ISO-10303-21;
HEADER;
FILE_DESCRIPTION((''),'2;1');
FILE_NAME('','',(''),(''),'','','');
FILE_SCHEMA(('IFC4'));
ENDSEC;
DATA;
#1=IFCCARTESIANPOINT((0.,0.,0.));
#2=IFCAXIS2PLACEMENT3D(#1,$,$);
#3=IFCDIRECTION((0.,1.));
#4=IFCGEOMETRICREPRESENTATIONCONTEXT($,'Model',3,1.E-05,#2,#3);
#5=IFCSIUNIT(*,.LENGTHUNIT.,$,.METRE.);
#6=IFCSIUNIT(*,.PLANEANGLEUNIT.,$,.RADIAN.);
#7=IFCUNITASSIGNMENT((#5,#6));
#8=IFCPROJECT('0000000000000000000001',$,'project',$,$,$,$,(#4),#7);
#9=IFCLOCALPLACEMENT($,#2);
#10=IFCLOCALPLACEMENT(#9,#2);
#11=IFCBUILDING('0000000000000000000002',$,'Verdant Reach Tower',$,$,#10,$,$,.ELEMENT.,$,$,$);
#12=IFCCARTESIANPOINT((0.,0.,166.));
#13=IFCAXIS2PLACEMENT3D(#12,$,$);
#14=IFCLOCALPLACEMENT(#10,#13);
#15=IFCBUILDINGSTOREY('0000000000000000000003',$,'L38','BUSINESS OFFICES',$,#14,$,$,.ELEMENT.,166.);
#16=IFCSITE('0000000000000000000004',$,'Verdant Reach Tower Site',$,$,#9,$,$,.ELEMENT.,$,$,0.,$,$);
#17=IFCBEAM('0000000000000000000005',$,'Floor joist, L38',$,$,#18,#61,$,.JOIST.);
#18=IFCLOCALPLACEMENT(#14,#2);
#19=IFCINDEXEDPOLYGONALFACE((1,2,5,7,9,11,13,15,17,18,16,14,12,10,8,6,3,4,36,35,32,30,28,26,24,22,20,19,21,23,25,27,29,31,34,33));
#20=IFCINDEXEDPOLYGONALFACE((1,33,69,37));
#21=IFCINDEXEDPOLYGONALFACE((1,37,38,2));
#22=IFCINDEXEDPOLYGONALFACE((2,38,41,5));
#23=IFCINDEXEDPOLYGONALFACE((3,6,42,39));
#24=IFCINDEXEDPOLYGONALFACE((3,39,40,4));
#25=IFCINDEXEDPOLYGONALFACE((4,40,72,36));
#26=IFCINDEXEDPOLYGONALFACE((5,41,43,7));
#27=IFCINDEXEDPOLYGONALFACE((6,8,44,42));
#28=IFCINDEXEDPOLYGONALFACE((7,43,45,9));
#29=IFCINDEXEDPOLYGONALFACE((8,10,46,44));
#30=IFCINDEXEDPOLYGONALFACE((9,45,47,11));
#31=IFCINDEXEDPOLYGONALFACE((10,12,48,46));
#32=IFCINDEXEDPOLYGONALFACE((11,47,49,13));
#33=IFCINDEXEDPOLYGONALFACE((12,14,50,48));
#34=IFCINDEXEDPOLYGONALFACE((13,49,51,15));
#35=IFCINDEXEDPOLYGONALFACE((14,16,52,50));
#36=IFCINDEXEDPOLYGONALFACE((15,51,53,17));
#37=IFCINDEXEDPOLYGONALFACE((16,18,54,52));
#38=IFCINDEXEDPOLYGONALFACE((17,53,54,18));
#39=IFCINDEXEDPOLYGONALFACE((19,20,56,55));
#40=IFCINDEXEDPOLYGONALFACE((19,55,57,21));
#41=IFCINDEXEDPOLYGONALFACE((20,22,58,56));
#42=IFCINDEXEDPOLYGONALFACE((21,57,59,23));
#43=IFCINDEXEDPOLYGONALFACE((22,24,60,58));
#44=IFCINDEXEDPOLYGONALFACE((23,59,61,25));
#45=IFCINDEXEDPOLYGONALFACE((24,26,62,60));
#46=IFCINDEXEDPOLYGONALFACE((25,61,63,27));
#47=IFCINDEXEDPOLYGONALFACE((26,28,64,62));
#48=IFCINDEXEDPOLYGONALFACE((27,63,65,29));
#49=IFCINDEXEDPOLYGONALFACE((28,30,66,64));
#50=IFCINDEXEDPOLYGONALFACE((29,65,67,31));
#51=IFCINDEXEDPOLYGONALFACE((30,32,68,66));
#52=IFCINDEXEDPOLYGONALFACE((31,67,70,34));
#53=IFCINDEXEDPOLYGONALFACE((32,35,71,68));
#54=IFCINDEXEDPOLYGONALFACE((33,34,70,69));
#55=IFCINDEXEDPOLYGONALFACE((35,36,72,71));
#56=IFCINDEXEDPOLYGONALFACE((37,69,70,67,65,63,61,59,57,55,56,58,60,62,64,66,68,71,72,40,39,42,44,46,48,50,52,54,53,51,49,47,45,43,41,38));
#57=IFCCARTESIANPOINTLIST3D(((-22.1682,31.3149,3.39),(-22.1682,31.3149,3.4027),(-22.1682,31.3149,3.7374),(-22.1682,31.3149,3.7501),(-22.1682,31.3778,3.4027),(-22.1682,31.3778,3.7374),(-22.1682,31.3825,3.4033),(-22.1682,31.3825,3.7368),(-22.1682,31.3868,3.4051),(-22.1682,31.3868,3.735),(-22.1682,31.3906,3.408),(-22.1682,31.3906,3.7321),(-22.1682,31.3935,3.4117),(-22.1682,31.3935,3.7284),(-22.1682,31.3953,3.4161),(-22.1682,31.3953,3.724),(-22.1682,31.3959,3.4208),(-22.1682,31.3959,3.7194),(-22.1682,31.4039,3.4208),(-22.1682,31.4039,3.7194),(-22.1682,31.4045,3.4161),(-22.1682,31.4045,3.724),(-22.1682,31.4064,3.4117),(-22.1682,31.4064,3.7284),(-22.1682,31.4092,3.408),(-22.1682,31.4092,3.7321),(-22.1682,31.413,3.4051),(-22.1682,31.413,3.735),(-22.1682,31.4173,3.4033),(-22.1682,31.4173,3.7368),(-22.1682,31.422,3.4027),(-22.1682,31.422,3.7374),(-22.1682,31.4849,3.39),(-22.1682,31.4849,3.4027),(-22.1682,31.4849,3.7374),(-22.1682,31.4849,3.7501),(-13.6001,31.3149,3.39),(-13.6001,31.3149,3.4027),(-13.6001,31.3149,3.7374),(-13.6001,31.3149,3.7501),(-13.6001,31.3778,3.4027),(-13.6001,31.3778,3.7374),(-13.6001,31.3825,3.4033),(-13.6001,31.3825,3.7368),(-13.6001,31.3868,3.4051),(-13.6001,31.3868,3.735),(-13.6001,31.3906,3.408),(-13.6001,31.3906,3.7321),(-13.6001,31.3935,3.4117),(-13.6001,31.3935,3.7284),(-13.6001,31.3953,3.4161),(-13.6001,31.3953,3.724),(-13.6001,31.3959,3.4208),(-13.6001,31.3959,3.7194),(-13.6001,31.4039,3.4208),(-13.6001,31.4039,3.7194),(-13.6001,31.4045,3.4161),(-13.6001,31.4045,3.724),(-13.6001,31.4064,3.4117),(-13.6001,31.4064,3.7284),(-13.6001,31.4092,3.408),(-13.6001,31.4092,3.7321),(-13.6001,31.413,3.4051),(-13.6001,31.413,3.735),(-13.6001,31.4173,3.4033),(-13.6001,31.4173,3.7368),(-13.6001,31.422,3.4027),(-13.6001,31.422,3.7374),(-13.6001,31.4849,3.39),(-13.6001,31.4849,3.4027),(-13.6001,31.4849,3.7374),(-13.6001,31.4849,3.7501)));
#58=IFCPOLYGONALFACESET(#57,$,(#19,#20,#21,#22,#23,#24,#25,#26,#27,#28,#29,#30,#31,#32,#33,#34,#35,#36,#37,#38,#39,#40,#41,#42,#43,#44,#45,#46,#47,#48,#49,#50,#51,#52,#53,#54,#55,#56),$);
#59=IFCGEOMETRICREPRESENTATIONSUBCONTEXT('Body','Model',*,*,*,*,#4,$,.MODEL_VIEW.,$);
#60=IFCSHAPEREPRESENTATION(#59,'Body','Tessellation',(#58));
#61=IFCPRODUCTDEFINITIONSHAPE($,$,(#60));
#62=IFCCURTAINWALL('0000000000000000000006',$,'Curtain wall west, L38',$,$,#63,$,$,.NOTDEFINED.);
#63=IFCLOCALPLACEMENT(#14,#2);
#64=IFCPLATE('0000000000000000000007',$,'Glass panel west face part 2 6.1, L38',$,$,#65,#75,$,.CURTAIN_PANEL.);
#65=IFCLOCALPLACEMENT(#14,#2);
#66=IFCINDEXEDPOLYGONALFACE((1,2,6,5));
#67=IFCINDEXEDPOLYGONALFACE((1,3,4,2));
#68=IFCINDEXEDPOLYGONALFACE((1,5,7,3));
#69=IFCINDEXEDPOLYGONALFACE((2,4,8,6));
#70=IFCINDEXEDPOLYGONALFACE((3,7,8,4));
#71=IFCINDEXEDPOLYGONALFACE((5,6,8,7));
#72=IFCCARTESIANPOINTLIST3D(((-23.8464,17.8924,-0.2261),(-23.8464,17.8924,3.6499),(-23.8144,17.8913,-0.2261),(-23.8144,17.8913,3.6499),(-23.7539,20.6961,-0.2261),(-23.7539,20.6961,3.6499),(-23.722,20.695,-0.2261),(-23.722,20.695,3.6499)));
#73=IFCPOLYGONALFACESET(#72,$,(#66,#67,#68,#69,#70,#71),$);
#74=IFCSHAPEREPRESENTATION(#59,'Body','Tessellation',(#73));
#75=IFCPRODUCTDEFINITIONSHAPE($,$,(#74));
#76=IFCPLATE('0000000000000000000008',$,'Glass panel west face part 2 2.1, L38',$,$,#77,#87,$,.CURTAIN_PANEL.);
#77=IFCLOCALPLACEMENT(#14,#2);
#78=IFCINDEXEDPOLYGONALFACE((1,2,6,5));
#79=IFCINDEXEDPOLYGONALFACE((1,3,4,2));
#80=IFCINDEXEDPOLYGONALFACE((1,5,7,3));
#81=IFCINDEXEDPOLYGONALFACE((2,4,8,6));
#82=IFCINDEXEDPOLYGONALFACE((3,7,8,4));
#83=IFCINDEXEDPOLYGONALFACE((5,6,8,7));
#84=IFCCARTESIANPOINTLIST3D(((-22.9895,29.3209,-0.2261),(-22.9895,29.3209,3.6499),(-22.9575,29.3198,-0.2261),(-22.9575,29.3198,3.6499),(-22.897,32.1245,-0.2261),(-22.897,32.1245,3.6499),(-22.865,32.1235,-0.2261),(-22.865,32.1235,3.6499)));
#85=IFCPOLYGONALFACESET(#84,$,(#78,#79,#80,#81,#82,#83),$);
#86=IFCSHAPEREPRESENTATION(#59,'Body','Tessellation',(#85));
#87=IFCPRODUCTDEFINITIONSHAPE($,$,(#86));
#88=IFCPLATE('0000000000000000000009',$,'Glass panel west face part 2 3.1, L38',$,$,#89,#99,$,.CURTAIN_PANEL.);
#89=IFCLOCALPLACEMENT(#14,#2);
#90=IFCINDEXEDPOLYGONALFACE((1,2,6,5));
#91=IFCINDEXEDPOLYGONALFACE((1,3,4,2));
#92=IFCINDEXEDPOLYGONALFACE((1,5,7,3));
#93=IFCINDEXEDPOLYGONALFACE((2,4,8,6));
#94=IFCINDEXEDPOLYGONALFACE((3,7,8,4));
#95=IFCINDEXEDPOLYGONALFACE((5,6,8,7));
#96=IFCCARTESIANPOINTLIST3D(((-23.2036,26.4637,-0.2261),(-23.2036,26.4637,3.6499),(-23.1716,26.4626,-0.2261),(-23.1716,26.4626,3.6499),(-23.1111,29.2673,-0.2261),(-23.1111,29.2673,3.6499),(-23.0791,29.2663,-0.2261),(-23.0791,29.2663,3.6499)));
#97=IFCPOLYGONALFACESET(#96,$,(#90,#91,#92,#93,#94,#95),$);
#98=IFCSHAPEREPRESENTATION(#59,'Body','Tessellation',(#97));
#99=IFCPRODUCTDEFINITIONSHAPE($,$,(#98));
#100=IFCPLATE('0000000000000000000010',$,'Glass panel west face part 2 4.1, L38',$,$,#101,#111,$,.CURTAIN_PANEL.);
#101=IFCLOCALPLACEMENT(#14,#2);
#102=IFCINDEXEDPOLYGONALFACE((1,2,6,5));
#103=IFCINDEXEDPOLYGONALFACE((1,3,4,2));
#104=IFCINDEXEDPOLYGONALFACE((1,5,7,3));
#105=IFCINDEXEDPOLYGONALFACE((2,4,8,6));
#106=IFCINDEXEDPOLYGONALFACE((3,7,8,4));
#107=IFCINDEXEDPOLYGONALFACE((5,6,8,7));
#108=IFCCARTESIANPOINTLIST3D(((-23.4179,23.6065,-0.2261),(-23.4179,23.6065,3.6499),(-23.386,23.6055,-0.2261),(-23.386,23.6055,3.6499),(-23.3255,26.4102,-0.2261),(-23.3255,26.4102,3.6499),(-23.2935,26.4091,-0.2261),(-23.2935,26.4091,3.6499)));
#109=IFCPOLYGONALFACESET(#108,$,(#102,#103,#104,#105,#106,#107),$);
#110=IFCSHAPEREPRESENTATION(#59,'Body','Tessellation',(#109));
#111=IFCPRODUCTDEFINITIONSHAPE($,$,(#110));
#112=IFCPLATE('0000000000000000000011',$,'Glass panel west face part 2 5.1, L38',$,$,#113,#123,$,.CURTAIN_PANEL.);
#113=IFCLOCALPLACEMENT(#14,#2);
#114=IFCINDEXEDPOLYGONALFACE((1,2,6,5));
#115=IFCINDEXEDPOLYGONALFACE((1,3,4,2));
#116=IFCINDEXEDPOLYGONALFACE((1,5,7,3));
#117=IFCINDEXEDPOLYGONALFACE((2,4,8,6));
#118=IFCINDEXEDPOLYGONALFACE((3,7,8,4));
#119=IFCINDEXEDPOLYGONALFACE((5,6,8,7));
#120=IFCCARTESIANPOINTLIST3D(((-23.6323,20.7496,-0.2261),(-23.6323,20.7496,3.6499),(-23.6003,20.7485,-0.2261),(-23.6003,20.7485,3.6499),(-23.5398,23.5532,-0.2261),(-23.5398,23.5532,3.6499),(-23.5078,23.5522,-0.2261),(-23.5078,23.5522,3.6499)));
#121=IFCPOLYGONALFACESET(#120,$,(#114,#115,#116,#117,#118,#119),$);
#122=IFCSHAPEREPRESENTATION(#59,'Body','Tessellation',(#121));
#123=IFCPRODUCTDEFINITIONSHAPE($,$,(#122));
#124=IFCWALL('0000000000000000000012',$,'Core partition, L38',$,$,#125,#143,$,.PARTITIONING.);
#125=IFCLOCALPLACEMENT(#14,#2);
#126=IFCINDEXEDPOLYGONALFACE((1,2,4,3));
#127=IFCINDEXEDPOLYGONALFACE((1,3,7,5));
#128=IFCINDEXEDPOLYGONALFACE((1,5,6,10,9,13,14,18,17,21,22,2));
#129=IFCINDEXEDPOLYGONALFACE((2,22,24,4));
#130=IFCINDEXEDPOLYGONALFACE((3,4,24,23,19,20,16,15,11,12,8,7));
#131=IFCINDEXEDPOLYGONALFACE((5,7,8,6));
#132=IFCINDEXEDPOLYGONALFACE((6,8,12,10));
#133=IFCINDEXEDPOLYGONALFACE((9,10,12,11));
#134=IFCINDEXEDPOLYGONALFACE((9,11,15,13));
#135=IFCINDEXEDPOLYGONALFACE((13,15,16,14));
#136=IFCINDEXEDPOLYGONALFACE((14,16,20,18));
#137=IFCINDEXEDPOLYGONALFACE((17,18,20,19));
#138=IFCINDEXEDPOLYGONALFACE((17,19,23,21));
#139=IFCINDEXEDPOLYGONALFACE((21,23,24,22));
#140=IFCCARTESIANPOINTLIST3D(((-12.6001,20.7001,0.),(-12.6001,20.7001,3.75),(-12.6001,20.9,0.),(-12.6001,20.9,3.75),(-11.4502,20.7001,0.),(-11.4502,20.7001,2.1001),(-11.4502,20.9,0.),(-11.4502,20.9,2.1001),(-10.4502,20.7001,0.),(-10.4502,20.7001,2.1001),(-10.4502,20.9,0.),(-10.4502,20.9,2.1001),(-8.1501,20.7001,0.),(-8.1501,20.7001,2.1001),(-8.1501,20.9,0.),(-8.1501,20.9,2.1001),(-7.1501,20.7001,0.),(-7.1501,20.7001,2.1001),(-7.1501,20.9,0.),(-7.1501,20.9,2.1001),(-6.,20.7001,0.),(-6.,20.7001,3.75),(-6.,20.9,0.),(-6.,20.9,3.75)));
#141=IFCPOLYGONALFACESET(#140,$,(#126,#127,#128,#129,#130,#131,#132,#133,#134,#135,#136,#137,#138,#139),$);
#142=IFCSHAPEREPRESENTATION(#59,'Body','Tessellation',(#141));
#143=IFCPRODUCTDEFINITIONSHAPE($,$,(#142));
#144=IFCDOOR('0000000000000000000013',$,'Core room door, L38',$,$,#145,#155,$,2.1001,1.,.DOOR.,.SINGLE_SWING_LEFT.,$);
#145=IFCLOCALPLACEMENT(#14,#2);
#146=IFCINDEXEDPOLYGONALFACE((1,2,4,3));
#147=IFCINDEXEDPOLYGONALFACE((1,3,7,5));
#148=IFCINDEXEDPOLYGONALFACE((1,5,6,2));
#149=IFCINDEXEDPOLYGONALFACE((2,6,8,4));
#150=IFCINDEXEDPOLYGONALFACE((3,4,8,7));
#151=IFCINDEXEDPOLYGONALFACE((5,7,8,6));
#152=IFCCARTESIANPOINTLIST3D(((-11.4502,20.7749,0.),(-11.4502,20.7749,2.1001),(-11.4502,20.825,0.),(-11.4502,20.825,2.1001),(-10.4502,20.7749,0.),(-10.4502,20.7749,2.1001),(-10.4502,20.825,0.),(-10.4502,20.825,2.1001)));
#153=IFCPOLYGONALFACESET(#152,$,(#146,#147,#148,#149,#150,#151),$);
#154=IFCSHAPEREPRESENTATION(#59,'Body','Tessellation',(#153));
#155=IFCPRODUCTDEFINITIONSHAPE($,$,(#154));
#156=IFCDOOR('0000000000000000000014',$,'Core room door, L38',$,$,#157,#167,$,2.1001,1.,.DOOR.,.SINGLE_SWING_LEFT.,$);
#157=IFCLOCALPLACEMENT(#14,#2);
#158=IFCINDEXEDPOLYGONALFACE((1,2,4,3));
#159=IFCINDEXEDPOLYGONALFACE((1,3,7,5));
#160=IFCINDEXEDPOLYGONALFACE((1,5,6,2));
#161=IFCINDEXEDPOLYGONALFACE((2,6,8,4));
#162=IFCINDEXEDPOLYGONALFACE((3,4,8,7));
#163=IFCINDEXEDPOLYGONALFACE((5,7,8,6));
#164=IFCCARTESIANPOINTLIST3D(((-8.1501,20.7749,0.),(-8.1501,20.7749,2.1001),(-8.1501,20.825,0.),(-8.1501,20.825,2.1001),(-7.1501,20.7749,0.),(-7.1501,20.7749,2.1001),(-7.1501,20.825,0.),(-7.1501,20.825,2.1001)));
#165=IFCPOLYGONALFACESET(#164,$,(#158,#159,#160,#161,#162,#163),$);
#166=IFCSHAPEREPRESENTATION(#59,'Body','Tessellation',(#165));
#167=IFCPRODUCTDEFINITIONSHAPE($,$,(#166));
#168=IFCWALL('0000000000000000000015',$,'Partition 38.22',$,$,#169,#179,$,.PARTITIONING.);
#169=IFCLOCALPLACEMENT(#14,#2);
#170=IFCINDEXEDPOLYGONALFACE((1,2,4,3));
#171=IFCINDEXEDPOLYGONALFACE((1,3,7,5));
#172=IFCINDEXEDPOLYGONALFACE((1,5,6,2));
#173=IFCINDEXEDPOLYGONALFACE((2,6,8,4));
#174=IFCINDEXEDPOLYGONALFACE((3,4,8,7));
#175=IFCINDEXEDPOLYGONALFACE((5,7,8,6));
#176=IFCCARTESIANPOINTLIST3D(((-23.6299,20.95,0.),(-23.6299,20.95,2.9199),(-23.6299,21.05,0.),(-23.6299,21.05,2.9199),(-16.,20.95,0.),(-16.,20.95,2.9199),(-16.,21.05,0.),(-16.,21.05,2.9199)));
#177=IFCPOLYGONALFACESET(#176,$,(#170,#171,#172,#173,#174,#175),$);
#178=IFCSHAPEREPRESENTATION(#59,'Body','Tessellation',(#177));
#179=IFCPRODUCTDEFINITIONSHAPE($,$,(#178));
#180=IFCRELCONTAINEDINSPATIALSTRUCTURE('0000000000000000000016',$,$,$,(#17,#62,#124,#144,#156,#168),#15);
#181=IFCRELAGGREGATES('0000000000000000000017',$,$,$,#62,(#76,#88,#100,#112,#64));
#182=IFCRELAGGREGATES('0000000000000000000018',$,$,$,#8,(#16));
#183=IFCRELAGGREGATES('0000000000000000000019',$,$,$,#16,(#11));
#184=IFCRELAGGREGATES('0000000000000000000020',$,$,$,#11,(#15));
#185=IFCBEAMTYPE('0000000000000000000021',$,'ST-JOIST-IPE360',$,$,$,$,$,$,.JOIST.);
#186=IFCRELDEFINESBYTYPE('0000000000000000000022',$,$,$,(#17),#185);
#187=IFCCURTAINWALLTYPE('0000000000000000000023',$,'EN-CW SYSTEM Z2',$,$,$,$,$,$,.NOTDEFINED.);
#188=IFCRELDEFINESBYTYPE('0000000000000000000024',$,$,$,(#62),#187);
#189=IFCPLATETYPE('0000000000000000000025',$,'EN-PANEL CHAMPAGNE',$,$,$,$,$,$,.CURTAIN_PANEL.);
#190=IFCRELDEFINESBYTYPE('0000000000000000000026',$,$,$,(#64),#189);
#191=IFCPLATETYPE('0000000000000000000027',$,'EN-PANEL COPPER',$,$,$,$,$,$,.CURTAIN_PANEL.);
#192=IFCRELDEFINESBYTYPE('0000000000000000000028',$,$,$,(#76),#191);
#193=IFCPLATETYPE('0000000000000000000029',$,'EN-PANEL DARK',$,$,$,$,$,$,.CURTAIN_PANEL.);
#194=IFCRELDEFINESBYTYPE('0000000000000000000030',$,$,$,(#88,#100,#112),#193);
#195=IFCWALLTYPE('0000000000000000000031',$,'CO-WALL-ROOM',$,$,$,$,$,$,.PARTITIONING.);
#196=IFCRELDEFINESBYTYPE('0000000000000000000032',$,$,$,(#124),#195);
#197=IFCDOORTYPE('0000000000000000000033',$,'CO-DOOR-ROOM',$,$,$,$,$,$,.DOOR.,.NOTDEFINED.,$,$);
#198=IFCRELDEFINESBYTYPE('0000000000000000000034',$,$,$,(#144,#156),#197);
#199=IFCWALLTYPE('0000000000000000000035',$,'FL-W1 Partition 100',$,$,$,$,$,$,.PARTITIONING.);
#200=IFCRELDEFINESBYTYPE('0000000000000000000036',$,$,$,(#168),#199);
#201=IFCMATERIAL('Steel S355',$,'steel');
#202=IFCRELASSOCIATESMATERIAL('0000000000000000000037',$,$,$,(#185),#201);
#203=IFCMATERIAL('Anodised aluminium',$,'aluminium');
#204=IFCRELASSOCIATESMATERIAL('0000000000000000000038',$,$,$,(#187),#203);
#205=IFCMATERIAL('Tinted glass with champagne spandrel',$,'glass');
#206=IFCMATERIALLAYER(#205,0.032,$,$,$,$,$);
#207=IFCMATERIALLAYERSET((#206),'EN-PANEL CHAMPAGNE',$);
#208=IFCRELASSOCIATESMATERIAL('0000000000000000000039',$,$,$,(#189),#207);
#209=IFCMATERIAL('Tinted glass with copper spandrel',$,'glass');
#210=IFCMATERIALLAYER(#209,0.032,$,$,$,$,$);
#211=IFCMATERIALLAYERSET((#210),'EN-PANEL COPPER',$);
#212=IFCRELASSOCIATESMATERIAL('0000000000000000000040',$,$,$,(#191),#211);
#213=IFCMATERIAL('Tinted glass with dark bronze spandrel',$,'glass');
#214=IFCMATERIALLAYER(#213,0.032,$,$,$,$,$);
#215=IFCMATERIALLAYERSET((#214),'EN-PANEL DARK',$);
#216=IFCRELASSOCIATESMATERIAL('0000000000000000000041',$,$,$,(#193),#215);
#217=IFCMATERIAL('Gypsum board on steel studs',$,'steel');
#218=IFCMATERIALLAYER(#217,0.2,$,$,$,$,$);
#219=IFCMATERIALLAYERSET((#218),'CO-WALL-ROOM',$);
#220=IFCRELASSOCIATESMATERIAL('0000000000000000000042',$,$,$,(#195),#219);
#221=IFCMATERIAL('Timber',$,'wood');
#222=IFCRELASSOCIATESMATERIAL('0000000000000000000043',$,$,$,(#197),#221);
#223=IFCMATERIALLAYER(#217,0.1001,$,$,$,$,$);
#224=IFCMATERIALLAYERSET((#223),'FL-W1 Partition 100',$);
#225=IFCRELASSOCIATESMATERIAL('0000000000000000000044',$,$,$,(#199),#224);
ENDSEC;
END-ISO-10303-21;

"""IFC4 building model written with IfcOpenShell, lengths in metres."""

from ifc_helpers import new_model, si_unit, direction, frame, frame_2d, origin, origin_2d, place, context, subcontext, project, spatial, rectangle, i_section, extrude, material, layer, layer_set, material_profile, profile_set, type_object, element, fill, aggregate, save


model = new_model("IFC4")

# Units and contexts
model_context = context("Model", 3, precision=1e-05, world=origin(), true_north=direction((0.0, 1.0)))
body_context = subcontext(model_context, "Body", "Model", "MODEL_VIEW")
ifc_project = project(units=[si_unit("LENGTHUNIT", "METRE"), si_unit("PLANEANGLEUNIT", "RADIAN")], contexts=[model_context])

# Site, building, storey
site_placement = place(None, origin())
site = spatial("IfcSite", under=ifc_project, at=site_placement, Name="Verdant Reach Tower Site", CompositionType="ELEMENT", RefElevation=0.0)
building_placement = place(site_placement, origin())
building = spatial("IfcBuilding", under=site, at=building_placement, Name="Verdant Reach Tower", CompositionType="ELEMENT")
storey_placement = place(building_placement, frame((0.0, 0.0, 166.0)))
storey = spatial("IfcBuildingStorey", under=building, at=storey_placement, Name="L38", Description="BUSINESS OFFICES", CompositionType="ELEMENT", Elevation=166.0)

# Beam
ifc_material_1 = material(Name="Steel S355", Category="steel")
ifc_material_profile_1 = material_profile(ifc_material_1, i_section(OverallWidth=0.1699, OverallDepth=0.3601, WebThickness=0.0081, FlangeThickness=0.0127, FilletRadius=0.0181, at=origin_2d()), Name="IPE 360")
ifc_profile_set_1 = profile_set([ifc_material_profile_1], Name="Steel S355")
beam_type = type_object("IfcBeamType", Name="ST-JOIST-IPE360", PredefinedType="JOIST", material=ifc_profile_set_1)
beam_1_placement = place(storey_placement, frame((-13.6001, 31.3999, 3.5701), z_axis=(-1.0, 0.0, 0.0), x_axis=(0.0, -1.0, 0.0)))
element("IfcBeam", 1, at=beam_1_placement, inside=storey, type_object=beam_type, Name="Floor joist, L38", PredefinedType="JOIST", context=body_context, shape_type="SweptSolid", body=[
    extrude(i_section(OverallWidth=0.1699, OverallDepth=0.3601, WebThickness=0.0081, FlangeThickness=0.0127, FilletRadius=0.0181, at=origin_2d()), origin(), (0.0, 0.0, 1.0), 8.5681),
])

# Curtain wall, plates
ifc_material_2 = material(Name="Anodised aluminium", Category="aluminium")
curtain_wall_type = type_object("IfcCurtainWallType", Name="EN-CW SYSTEM Z2", PredefinedType="NOTDEFINED", material=ifc_material_2)
curtain_wall_placement = place(storey_placement, origin())
curtain_wall = element("IfcCurtainWall", 2, at=curtain_wall_placement, inside=storey, type_object=curtain_wall_type, Name="Curtain wall west, L38", PredefinedType="NOTDEFINED")
ifc_material_3 = material(Name="Tinted glass with champagne spandrel", Category="glass")
ifc_layer_1 = layer(ifc_material_3, 0.032)
ifc_layer_set_1 = layer_set([ifc_layer_1], Name="EN-PANEL CHAMPAGNE")
plate_type_1 = type_object("IfcPlateType", Name="EN-PANEL CHAMPAGNE", PredefinedType="CURTAIN_PANEL", material=ifc_layer_set_1)
plate_1_placement = place(storey_placement, frame((-23.7842, 19.2937, -0.2261), z_axis=(0.0, 0.0, 1.0), x_axis=(-0.032966, -0.999456, 0.0)))
plate_1 = element("IfcPlate", 3, at=plate_1_placement, type_object=plate_type_1, Name="Glass panel west face part 2 6.1, L38", PredefinedType="CURTAIN_PANEL", context=body_context, shape_type="SweptSolid", body=[
    extrude(rectangle(XDim=2.8052, YDim=0.032, at=origin_2d()), origin(), (0.0, 0.0, 1.0), 3.876),
])
ifc_material_4 = material(Name="Tinted glass with copper spandrel", Category="glass")
ifc_layer_2 = layer(ifc_material_4, 0.032)
ifc_layer_set_2 = layer_set([ifc_layer_2], Name="EN-PANEL COPPER")
plate_type_2 = type_object("IfcPlateType", Name="EN-PANEL COPPER", PredefinedType="CURTAIN_PANEL", material=ifc_layer_set_2)
plate_2_placement = place(storey_placement, frame((-22.9272, 30.7222, -0.2261), z_axis=(0.0, 0.0, 1.0), x_axis=(-0.032966, -0.999456, 0.0)))
plate_2 = element("IfcPlate", 4, at=plate_2_placement, type_object=plate_type_2, Name="Glass panel west face part 2 2.1, L38", PredefinedType="CURTAIN_PANEL", context=body_context, shape_type="SweptSolid", body=[
    extrude(rectangle(XDim=2.8052, YDim=0.032, at=origin_2d()), origin(), (0.0, 0.0, 1.0), 3.876),
])
ifc_material_5 = material(Name="Tinted glass with dark bronze spandrel", Category="glass")
ifc_layer_3 = layer(ifc_material_5, 0.032)
ifc_layer_set_3 = layer_set([ifc_layer_3], Name="EN-PANEL DARK")
plate_type_3 = type_object("IfcPlateType", Name="EN-PANEL DARK", PredefinedType="CURTAIN_PANEL", material=ifc_layer_set_3)
plate_3_placement = place(storey_placement, frame((-23.1414, 27.865, -0.2261), z_axis=(0.0, 0.0, 1.0), x_axis=(-0.032966, -0.999456, 0.0)))
plate_3 = element("IfcPlate", 5, at=plate_3_placement, type_object=plate_type_3, Name="Glass panel west face part 2 3.1, L38", PredefinedType="CURTAIN_PANEL", context=body_context, shape_type="SweptSolid", body=[
    extrude(rectangle(XDim=2.8052, YDim=0.032, at=origin_2d()), origin(), (0.0, 0.0, 1.0), 3.876),
])
plate_4_placement = place(storey_placement, frame((-23.3557, 25.0078, -0.2261), z_axis=(0.0, 0.0, 1.0), x_axis=(-0.032966, -0.999456, 0.0)))
plate_4 = element("IfcPlate", 6, at=plate_4_placement, type_object=plate_type_3, Name="Glass panel west face part 2 4.1, L38", PredefinedType="CURTAIN_PANEL", context=body_context, shape_type="SweptSolid", body=[
    extrude(rectangle(XDim=2.8052, YDim=0.032, at=origin_2d()), origin(), (0.0, 0.0, 1.0), 3.876),
])
plate_5_placement = place(storey_placement, frame((-23.5701, 22.1509, -0.2261), z_axis=(0.0, 0.0, 1.0), x_axis=(-0.032966, -0.999456, 0.0)))
plate_5 = element("IfcPlate", 7, at=plate_5_placement, type_object=plate_type_3, Name="Glass panel west face part 2 5.1, L38", PredefinedType="CURTAIN_PANEL", context=body_context, shape_type="SweptSolid", body=[
    extrude(rectangle(XDim=2.8052, YDim=0.032, at=origin_2d()), origin(), (0.0, 0.0, 1.0), 3.876),
])
aggregate(curtain_wall, [plate_2, plate_3, plate_4, plate_5, plate_1])

# Wall, openings, doors
ifc_material_6 = material(Name="Gypsum board on steel studs", Category="steel")
ifc_layer_4 = layer(ifc_material_6, 0.2)
ifc_layer_set_4 = layer_set([ifc_layer_4], Name="CO-WALL-ROOM")
wall_type_1 = type_object("IfcWallType", Name="CO-WALL-ROOM", PredefinedType="PARTITIONING", material=ifc_layer_set_4)
wall_1_placement = place(storey_placement, frame((-12.6001, 20.8, 0.0), z_axis=(0.0, 0.0, 1.0), x_axis=(1.0, 0.0, 0.0)))
wall_1 = element("IfcWall", 8, at=wall_1_placement, inside=storey, type_object=wall_type_1, Name="Core partition, L38", PredefinedType="PARTITIONING", context=body_context, shape_type="SweptSolid", body=[
    extrude(rectangle(XDim=6.6001, YDim=0.2, at=frame_2d((3.3, 0.0))), origin(), (0.0, 0.0, 1.0), 3.75),
])
opening_1_placement = place(wall_1_placement, frame((1.1499, 0.0, 0.0)))
opening_1 = element("IfcOpeningElement", 9, at=opening_1_placement, cuts=wall_1, PredefinedType="OPENING", context=body_context, shape_type="SweptSolid", body=[
    extrude(rectangle(XDim=1.0, YDim=2.1001, at=frame_2d((0.5, 1.05))), frame((0.0, 0.1099, 0.0), z_axis=(0.0, -1.0, 0.0), x_axis=(1.0, 0.0, 0.0)), (0.0, 0.0, 1.0), 0.22),
])
opening_2_placement = place(wall_1_placement, frame((4.45, 0.0, 0.0)))
opening_2 = element("IfcOpeningElement", 10, at=opening_2_placement, cuts=wall_1, PredefinedType="OPENING", context=body_context, shape_type="SweptSolid", body=[
    extrude(rectangle(XDim=1.0, YDim=2.1001, at=frame_2d((0.5, 1.05))), frame((0.0, 0.1099, 0.0), z_axis=(0.0, -1.0, 0.0), x_axis=(1.0, 0.0, 0.0)), (0.0, 0.0, 1.0), 0.22),
])
ifc_material_7 = material(Name="Timber", Category="wood")
door_type_1 = type_object("IfcDoorType", Name="CO-DOOR-ROOM", OperationType="NOTDEFINED", PredefinedType="DOOR", material=ifc_material_7)
door_1_placement = place(opening_1_placement, origin())
door_1 = element("IfcDoor", 11, at=door_1_placement, inside=storey, type_object=door_type_1, Name="Core room door, L38", OperationType="SINGLE_SWING_LEFT", OverallHeight=2.1001, OverallWidth=1.0, PredefinedType="DOOR", context=body_context, shape_type="SweptSolid", body=[
    extrude(rectangle(XDim=1.0, YDim=2.1001, at=frame_2d((0.5, 1.05))), frame((0.0, 0.0249, 0.0), z_axis=(0.0, -1.0, 0.0), x_axis=(1.0, 0.0, 0.0)), (0.0, 0.0, 1.0), 0.05),
])
fill(opening_1, door_1)
door_2_placement = place(opening_2_placement, origin())
door_2 = element("IfcDoor", 12, at=door_2_placement, inside=storey, type_object=door_type_1, Name="Core room door, L38", OperationType="SINGLE_SWING_LEFT", OverallHeight=2.1001, OverallWidth=1.0, PredefinedType="DOOR", context=body_context, shape_type="SweptSolid", body=[
    extrude(rectangle(XDim=1.0, YDim=2.1001, at=frame_2d((0.5, 1.05))), frame((0.0, 0.0249, 0.0), z_axis=(0.0, -1.0, 0.0), x_axis=(1.0, 0.0, 0.0)), (0.0, 0.0, 1.0), 0.05),
])
fill(opening_2, door_2)

# Wall
ifc_layer_5 = layer(ifc_material_6, 0.1001)
ifc_layer_set_5 = layer_set([ifc_layer_5], Name="FL-W1 Partition 100")
wall_type_2 = type_object("IfcWallType", Name="FL-W1 Partition 100", PredefinedType="PARTITIONING", material=ifc_layer_set_5)
wall_2_placement = place(storey_placement, frame((-16.0, 21.0, 0.0), z_axis=(0.0, 0.0, 1.0), x_axis=(-1.0, 0.0, 0.0)))
element("IfcWall", 13, at=wall_2_placement, inside=storey, type_object=wall_type_2, Name="Partition 38.22", PredefinedType="PARTITIONING", context=body_context, shape_type="SweptSolid", body=[
    extrude(rectangle(XDim=7.6299, YDim=0.1001, at=frame_2d((3.8149, 0.0))), origin(), (0.0, 0.0, 1.0), 2.9199),
])

save(model, "model.ifc")
